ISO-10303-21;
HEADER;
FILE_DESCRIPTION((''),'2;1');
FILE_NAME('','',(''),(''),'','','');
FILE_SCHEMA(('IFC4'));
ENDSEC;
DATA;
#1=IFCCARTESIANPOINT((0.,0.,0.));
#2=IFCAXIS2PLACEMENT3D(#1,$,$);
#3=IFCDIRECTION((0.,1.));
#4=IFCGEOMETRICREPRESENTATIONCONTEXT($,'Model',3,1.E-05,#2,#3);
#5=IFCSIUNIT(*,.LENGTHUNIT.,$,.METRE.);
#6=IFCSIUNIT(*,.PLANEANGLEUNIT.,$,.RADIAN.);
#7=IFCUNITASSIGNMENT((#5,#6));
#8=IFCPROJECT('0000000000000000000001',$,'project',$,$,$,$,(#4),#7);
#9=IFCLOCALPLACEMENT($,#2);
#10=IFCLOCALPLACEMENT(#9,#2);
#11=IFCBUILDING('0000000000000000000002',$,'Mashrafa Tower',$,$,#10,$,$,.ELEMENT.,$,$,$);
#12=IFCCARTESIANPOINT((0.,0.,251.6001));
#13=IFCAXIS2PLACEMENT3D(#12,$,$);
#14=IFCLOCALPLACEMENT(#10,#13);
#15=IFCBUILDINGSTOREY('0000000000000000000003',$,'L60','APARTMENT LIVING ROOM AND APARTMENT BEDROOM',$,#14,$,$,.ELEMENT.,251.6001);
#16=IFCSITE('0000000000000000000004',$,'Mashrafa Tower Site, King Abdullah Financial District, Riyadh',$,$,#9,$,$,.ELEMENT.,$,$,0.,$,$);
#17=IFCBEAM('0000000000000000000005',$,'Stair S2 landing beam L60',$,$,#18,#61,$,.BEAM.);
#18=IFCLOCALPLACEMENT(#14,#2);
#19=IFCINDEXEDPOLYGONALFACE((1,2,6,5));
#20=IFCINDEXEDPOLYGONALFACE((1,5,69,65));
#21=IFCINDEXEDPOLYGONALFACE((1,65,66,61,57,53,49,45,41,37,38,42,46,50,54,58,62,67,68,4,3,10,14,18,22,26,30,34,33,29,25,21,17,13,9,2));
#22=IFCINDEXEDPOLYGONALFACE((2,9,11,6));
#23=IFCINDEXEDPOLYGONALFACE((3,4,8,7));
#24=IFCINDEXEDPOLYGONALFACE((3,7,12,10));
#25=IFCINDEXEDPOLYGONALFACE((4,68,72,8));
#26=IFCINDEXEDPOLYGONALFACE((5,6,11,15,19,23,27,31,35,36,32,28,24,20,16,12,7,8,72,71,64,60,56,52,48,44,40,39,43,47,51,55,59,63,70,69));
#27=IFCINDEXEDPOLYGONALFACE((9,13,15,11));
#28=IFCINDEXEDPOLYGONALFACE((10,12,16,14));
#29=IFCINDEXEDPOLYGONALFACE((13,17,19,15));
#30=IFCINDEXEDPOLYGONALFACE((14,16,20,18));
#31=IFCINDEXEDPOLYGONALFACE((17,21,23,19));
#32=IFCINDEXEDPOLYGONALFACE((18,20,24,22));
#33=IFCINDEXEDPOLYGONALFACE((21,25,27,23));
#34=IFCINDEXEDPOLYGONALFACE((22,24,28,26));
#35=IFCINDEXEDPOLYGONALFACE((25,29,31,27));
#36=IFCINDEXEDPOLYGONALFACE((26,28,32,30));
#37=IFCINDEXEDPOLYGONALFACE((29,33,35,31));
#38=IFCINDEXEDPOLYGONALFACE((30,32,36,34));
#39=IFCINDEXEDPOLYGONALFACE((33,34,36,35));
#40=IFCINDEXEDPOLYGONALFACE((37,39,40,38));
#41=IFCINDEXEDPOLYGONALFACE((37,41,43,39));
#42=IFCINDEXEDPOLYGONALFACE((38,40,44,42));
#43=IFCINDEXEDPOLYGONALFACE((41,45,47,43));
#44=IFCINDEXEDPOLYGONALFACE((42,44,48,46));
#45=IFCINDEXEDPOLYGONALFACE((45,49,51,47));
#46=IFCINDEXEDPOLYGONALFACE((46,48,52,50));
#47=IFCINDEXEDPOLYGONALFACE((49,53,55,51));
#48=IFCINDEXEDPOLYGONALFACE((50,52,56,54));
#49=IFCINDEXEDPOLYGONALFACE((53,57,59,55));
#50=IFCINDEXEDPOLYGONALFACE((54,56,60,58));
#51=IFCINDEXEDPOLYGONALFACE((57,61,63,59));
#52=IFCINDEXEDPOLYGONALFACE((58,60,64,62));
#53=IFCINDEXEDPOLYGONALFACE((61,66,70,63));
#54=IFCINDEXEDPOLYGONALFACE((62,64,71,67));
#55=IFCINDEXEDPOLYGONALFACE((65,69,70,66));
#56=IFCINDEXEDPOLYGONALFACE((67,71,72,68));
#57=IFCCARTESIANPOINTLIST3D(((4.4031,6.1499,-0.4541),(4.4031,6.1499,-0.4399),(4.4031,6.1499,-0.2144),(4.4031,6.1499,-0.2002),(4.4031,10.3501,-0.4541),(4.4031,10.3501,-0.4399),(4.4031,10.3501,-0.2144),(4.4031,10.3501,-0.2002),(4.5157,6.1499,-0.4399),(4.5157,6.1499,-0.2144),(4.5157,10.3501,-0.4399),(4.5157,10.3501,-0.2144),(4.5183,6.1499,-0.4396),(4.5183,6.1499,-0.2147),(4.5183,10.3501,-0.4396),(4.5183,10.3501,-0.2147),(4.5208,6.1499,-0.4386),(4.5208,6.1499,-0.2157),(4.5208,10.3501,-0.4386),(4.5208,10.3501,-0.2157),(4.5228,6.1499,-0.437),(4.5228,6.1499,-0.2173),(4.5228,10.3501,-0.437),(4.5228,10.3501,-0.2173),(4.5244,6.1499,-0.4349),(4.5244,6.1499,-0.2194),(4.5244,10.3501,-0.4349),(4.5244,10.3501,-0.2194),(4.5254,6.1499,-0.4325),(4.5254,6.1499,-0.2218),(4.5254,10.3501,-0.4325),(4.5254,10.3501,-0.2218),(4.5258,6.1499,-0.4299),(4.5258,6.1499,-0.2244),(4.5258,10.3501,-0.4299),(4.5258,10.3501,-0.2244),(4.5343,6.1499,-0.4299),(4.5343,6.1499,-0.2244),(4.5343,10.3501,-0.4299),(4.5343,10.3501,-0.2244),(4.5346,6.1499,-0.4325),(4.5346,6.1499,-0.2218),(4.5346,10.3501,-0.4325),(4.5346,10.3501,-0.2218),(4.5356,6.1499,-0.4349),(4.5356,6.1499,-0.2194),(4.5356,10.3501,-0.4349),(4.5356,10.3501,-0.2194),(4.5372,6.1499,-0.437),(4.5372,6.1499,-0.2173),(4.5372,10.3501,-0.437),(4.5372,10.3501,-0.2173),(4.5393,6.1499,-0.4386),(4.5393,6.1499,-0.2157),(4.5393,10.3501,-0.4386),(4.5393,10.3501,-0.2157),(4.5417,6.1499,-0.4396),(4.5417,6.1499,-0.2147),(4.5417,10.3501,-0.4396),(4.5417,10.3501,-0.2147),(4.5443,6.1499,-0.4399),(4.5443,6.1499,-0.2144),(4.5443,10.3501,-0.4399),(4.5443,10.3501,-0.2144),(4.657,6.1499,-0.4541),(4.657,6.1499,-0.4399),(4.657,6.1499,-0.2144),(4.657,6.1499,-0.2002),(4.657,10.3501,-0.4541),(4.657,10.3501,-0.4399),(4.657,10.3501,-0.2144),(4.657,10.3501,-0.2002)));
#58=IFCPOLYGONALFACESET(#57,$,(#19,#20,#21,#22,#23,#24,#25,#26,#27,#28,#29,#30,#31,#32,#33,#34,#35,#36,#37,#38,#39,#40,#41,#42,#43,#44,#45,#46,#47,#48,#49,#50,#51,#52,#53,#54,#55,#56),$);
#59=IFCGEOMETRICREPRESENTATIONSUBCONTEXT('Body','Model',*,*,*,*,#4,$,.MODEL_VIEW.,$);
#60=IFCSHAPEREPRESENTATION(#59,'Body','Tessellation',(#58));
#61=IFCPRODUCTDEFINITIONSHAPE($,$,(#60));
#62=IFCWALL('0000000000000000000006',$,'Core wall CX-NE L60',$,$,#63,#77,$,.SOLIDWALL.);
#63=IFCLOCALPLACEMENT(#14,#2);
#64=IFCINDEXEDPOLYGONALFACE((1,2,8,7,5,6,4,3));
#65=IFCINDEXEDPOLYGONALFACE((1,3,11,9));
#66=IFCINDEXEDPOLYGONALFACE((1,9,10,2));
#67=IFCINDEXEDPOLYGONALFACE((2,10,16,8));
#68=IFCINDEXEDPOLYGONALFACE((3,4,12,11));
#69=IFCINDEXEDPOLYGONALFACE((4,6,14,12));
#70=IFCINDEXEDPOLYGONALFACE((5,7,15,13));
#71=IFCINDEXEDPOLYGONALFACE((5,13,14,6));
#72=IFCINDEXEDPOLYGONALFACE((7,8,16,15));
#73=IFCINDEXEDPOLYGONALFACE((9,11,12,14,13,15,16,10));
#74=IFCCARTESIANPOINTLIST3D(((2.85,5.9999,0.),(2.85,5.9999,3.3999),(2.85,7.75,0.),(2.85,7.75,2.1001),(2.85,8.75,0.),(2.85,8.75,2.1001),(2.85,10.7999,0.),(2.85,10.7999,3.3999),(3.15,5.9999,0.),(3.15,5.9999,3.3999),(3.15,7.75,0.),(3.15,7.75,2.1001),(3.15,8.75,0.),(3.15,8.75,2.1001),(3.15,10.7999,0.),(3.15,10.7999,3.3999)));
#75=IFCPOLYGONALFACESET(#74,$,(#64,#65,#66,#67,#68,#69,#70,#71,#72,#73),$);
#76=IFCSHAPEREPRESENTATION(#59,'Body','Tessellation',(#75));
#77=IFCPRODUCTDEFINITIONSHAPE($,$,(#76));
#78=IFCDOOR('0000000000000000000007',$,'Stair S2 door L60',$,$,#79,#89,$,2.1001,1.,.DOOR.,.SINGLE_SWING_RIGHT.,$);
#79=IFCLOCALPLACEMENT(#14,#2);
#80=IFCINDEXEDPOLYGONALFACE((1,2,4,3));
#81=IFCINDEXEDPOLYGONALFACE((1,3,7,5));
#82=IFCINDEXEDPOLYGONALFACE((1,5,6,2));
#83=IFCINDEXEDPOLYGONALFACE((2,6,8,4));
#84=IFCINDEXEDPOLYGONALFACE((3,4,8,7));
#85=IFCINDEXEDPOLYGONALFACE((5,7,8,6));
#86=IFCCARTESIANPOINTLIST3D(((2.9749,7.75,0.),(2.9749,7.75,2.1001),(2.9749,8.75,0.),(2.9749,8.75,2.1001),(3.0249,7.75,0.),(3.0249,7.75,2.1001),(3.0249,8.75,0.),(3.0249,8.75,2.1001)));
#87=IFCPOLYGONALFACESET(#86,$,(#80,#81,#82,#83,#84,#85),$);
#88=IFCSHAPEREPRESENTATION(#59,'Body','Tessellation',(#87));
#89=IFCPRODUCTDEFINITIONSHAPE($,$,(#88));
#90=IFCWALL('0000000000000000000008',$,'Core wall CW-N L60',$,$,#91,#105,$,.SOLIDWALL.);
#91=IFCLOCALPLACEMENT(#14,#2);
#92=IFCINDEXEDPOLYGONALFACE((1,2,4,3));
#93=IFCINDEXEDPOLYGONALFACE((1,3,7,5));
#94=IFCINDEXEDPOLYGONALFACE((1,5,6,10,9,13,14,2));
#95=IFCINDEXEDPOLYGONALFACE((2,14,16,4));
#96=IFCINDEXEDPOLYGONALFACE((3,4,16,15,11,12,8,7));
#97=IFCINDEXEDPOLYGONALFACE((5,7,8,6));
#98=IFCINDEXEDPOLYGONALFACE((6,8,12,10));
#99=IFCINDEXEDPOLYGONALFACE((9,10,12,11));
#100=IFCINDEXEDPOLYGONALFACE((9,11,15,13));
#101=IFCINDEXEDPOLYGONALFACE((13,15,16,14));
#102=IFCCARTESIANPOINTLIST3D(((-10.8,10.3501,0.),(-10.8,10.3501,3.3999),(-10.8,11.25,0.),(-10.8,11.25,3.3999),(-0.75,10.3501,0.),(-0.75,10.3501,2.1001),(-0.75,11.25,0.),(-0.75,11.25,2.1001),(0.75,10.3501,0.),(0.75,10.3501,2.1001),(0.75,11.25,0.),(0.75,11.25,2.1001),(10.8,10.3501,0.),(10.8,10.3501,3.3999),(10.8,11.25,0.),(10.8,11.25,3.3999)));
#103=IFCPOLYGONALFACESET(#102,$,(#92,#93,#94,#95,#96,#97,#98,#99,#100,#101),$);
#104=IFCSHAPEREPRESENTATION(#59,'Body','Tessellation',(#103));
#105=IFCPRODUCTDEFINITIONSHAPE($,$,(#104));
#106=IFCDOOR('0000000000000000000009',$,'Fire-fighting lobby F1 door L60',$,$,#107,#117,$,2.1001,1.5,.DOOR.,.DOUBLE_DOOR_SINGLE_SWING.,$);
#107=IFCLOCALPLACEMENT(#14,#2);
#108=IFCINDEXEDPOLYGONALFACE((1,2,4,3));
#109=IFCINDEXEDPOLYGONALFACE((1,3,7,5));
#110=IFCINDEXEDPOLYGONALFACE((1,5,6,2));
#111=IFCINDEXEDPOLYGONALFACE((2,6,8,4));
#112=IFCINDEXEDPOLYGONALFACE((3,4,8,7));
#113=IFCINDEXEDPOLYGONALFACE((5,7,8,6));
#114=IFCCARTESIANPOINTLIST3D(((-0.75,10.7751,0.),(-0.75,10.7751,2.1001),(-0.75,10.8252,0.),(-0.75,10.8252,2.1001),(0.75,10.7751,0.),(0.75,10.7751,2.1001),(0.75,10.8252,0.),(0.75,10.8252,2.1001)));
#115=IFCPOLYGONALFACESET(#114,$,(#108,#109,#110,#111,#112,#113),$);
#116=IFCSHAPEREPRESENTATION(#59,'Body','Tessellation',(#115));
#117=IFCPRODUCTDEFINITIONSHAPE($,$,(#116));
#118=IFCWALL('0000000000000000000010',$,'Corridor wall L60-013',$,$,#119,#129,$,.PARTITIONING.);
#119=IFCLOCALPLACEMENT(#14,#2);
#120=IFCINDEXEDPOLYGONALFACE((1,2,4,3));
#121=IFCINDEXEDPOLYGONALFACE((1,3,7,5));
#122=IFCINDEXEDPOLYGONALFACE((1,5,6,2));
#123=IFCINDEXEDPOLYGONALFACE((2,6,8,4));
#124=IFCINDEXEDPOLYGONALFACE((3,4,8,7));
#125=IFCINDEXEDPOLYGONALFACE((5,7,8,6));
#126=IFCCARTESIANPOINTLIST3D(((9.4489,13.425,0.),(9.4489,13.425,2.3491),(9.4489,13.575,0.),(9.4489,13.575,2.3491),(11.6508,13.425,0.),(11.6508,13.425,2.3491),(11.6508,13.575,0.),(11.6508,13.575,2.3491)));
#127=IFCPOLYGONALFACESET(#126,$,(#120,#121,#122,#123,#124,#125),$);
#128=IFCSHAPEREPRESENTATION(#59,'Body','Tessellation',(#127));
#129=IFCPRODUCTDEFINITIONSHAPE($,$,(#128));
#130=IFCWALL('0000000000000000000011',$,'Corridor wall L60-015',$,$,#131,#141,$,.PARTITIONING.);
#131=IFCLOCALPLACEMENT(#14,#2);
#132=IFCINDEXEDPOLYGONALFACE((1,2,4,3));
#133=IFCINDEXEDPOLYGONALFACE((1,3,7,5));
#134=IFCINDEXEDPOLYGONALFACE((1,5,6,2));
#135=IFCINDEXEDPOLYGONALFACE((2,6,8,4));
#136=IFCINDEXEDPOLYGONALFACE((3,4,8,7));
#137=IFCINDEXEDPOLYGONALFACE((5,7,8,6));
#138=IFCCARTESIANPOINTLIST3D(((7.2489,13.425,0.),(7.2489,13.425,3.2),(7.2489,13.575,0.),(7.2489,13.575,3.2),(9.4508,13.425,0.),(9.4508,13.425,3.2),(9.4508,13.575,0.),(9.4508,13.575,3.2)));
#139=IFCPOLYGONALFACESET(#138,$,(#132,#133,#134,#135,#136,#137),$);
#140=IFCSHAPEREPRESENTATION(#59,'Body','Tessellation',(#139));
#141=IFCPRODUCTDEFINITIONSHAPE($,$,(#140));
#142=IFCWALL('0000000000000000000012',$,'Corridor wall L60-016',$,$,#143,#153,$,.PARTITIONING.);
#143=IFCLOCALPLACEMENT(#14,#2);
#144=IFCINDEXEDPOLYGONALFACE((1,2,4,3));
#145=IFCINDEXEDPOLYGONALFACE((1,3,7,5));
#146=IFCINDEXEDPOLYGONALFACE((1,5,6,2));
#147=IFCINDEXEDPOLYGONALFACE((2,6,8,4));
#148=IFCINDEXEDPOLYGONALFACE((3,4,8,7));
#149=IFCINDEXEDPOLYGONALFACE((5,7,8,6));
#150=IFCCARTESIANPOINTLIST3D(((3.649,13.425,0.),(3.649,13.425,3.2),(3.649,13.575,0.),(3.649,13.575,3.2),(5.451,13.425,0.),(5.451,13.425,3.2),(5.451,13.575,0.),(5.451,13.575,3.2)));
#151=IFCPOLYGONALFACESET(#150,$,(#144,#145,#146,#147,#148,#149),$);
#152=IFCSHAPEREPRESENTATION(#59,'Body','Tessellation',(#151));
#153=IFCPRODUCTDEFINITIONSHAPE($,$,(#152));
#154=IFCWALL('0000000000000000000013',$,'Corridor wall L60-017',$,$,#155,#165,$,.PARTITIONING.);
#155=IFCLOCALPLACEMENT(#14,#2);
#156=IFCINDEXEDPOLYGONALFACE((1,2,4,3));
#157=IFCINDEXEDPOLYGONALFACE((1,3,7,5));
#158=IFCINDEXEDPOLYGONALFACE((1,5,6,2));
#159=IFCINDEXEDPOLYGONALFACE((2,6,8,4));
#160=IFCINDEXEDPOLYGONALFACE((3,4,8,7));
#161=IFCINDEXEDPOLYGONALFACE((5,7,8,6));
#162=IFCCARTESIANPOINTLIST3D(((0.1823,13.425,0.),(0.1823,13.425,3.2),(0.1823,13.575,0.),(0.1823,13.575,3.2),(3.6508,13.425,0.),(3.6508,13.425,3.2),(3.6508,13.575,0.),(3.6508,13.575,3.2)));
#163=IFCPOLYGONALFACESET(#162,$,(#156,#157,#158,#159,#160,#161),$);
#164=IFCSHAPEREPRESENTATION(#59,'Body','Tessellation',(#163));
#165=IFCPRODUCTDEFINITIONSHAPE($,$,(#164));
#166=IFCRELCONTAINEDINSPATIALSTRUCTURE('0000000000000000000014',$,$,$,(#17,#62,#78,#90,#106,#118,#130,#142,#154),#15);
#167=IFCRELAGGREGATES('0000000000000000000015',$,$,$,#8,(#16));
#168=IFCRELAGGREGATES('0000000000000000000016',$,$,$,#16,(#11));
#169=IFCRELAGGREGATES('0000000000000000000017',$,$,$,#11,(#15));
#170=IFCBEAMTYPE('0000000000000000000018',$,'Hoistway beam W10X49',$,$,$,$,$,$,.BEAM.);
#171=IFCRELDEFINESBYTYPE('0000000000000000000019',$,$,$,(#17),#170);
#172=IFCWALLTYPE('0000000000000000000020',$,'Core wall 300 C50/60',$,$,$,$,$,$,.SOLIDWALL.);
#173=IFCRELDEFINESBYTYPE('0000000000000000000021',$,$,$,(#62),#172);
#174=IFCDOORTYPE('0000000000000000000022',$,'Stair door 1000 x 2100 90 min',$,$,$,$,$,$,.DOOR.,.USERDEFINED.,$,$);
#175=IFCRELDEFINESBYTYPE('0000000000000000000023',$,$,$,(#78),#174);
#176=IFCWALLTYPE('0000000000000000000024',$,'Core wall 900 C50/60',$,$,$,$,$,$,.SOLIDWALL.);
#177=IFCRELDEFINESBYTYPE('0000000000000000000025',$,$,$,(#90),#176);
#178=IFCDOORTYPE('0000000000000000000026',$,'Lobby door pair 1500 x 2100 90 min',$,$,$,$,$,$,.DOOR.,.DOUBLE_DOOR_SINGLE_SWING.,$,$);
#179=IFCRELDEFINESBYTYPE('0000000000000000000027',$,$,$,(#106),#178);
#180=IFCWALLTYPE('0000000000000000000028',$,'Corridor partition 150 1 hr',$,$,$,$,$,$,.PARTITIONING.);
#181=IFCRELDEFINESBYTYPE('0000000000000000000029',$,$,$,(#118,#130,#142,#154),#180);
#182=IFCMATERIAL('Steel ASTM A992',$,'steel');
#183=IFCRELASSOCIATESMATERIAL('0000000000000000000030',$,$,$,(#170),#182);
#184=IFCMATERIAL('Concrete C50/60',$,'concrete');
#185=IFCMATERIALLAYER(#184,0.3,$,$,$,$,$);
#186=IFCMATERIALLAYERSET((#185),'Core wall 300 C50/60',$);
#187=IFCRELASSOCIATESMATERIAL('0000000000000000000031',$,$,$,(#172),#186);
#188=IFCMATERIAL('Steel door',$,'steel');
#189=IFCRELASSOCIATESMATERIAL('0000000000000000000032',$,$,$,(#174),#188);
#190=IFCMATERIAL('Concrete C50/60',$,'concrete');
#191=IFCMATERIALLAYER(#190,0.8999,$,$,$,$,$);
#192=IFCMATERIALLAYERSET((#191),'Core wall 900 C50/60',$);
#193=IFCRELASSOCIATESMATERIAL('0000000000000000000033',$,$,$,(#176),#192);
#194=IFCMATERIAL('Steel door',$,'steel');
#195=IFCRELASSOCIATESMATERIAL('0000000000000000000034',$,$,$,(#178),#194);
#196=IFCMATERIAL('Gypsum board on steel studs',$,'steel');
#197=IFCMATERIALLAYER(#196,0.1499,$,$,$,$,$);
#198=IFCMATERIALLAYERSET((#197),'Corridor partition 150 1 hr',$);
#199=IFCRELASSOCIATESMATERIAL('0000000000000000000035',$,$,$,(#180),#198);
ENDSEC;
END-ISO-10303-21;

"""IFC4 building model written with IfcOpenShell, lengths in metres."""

from ifc_helpers import new_model, si_unit, direction, frame, frame_2d, origin, origin_2d, place, context, subcontext, project, spatial, rectangle, i_section, extrude, material, layer, layer_set, material_profile, profile_set, type_object, element, fill, save


model = new_model("IFC4")

# Units and contexts
model_context = context("Model", 3, precision=1e-05, world=origin(), true_north=direction((0.0, 1.0)))
body_context = subcontext(model_context, "Body", "Model", "MODEL_VIEW")
ifc_project = project(units=[si_unit("LENGTHUNIT", "METRE"), si_unit("PLANEANGLEUNIT", "RADIAN")], contexts=[model_context])

# Site, building, storey
site_placement = place(None, origin())
site = spatial("IfcSite", under=ifc_project, at=site_placement, Name="Mashrafa Tower Site, King Abdullah Financial District, Riyadh", CompositionType="ELEMENT", RefElevation=0.0)
building_placement = place(site_placement, origin())
building = spatial("IfcBuilding", under=site, at=building_placement, Name="Mashrafa Tower", CompositionType="ELEMENT")
storey_placement = place(building_placement, frame((0.0, 0.0, 251.6001)))
storey = spatial("IfcBuildingStorey", under=building, at=storey_placement, Name="L60", Description="APARTMENT LIVING ROOM AND APARTMENT BEDROOM", CompositionType="ELEMENT", Elevation=251.6001)

# Beam
ifc_material_1 = material(Name="Steel ASTM A992", Category="steel")
ifc_material_profile_1 = material_profile(ifc_material_1, i_section(OverallWidth=0.2539, OverallDepth=0.2539, WebThickness=0.0085, FlangeThickness=0.0142, FilletRadius=0.01, at=origin_2d()), Name="W10X49")
ifc_profile_set_1 = profile_set([ifc_material_profile_1], Name="Steel ASTM A992")
beam_type_1 = type_object("IfcBeamType", Name="Hoistway beam W10X49", PredefinedType="BEAM", material=ifc_profile_set_1)
beam_1_placement = place(storey_placement, frame((4.53, 6.1499, -0.3271), z_axis=(0.0, 1.0, 0.0), x_axis=(-1.0, 0.0, 0.0)))
element("IfcBeam", 1, at=beam_1_placement, inside=storey, type_object=beam_type_1, Name="Stair S2 landing beam L60", PredefinedType="BEAM", context=body_context, shape_type="SweptSolid", body=[
    extrude(i_section(OverallWidth=0.2539, OverallDepth=0.2539, WebThickness=0.0085, FlangeThickness=0.0142, FilletRadius=0.01, at=origin_2d()), origin(), (0.0, 0.0, 1.0), 4.2002),
])

# Walls, openings, doors
ifc_material_2 = material(Name="Concrete C50/60", Category="concrete")
ifc_layer_1 = layer(ifc_material_2, 0.3)
ifc_layer_set_1 = layer_set([ifc_layer_1], Name="Core wall 300 C50/60")
wall_type_1 = type_object("IfcWallType", Name="Core wall 300 C50/60", PredefinedType="SOLIDWALL", material=ifc_layer_set_1)
wall_1_placement = place(storey_placement, frame((3.0, 6.0, 0.0), z_axis=(0.0, 0.0, 1.0), x_axis=(0.0, 1.0, 0.0)))
wall_1 = element("IfcWall", 2, at=wall_1_placement, inside=storey, type_object=wall_type_1, Name="Core wall CX-NE L60", PredefinedType="SOLIDWALL", context=body_context, shape_type="SweptSolid", body=[
    extrude(rectangle(XDim=4.8, YDim=0.3, at=frame_2d((2.3999, 0.0))), origin(), (0.0, 0.0, 1.0), 3.3999),
])
opening_1_placement = place(wall_1_placement, frame((1.75, 0.0, 0.0)))
opening_1 = element("IfcOpeningElement", 3, at=opening_1_placement, cuts=wall_1, PredefinedType="OPENING", context=body_context, shape_type="SweptSolid", body=[
    extrude(rectangle(XDim=1.0, YDim=2.1001, at=frame_2d((0.5, 1.05))), frame((0.0, 0.1599, 0.0), z_axis=(0.0, -1.0, 0.0), x_axis=(1.0, 0.0, 0.0)), (0.0, 0.0, 1.0), 0.3201),
])
ifc_material_3 = material(Name="Steel door", Category="steel")
door_type_1 = type_object("IfcDoorType", Name="Stair door 1000 x 2100 90 min", OperationType="USERDEFINED", PredefinedType="DOOR", material=ifc_material_3)
door_1_placement = place(opening_1_placement, frame((1.0, 0.0, 0.0), z_axis=(0.0, 0.0, 1.0), x_axis=(-1.0, 0.0, 0.0)))
door_1 = element("IfcDoor", 4, at=door_1_placement, inside=storey, type_object=door_type_1, Name="Stair S2 door L60", OperationType="SINGLE_SWING_RIGHT", OverallHeight=2.1001, OverallWidth=1.0, PredefinedType="DOOR", context=body_context, shape_type="SweptSolid", body=[
    extrude(rectangle(XDim=1.0, YDim=2.1001, at=frame_2d((0.5, 1.05))), frame((0.0, 0.0249, 0.0), z_axis=(0.0, -1.0, 0.0), x_axis=(1.0, 0.0, 0.0)), (0.0, 0.0, 1.0), 0.05),
])
fill(opening_1, door_1)
ifc_material_4 = material(Name="Concrete C50/60", Category="concrete")
ifc_layer_2 = layer(ifc_material_4, 0.8999)
ifc_layer_set_2 = layer_set([ifc_layer_2], Name="Core wall 900 C50/60")
wall_type_2 = type_object("IfcWallType", Name="Core wall 900 C50/60", PredefinedType="SOLIDWALL", material=ifc_layer_set_2)
wall_2_placement = place(storey_placement, frame((10.8, 10.8, 0.0), z_axis=(0.0, 0.0, 1.0), x_axis=(-1.0, 0.0, 0.0)))
wall_2 = element("IfcWall", 5, at=wall_2_placement, inside=storey, type_object=wall_type_2, Name="Core wall CW-N L60", PredefinedType="SOLIDWALL", context=body_context, shape_type="SweptSolid", body=[
    extrude(rectangle(XDim=21.6001, YDim=0.8999, at=frame_2d((10.8, 0.0))), origin(), (0.0, 0.0, 1.0), 3.3999),
])
opening_2_placement = place(wall_2_placement, frame((10.05, 0.0, 0.0)))
opening_2 = element("IfcOpeningElement", 6, at=opening_2_placement, cuts=wall_2, PredefinedType="OPENING", context=body_context, shape_type="SweptSolid", body=[
    extrude(rectangle(XDim=1.5, YDim=2.1001, at=frame_2d((0.75, 1.05))), frame((0.0, 0.46, 0.0), z_axis=(0.0, -1.0, 0.0), x_axis=(1.0, 0.0, 0.0)), (0.0, 0.0, 1.0), 0.9199),
])
ifc_material_5 = material(Name="Steel door", Category="steel")
door_type_2 = type_object("IfcDoorType", Name="Lobby door pair 1500 x 2100 90 min", OperationType="DOUBLE_DOOR_SINGLE_SWING", PredefinedType="DOOR", material=ifc_material_5)
door_2_placement = place(opening_2_placement, origin())
door_2 = element("IfcDoor", 7, at=door_2_placement, inside=storey, type_object=door_type_2, Name="Fire-fighting lobby F1 door L60", OperationType="DOUBLE_DOOR_SINGLE_SWING", OverallHeight=2.1001, OverallWidth=1.5, PredefinedType="DOOR", context=body_context, shape_type="SweptSolid", body=[
    extrude(rectangle(XDim=1.5, YDim=2.1001, at=frame_2d((0.75, 1.05))), frame((0.0, 0.0249, 0.0), z_axis=(0.0, -1.0, 0.0), x_axis=(1.0, 0.0, 0.0)), (0.0, 0.0, 1.0), 0.05),
])
fill(opening_2, door_2)

# Walls
ifc_material_6 = material(Name="Gypsum board on steel studs", Category="steel")
ifc_layer_3 = layer(ifc_material_6, 0.1499)
ifc_layer_set_3 = layer_set([ifc_layer_3], Name="Corridor partition 150 1 hr")
wall_type_3 = type_object("IfcWallType", Name="Corridor partition 150 1 hr", PredefinedType="PARTITIONING", material=ifc_layer_set_3)
wall_3_placement = place(storey_placement, frame((11.6509, 13.5, 0.0), z_axis=(0.0, 0.0, 1.0), x_axis=(-1.0, 0.0, 0.0)))
element("IfcWall", 8, at=wall_3_placement, inside=storey, type_object=wall_type_3, Name="Corridor wall L60-013", PredefinedType="PARTITIONING", context=body_context, shape_type="SweptSolid", body=[
    extrude(rectangle(XDim=2.2019, YDim=0.1499, at=frame_2d((1.1011, 0.0))), origin(), (0.0, 0.0, 1.0), 2.3491),
])
wall_4_placement = place(storey_placement, frame((9.4509, 13.5, 0.0), z_axis=(0.0, 0.0, 1.0), x_axis=(-1.0, 0.0, 0.0)))
element("IfcWall", 9, at=wall_4_placement, inside=storey, type_object=wall_type_3, Name="Corridor wall L60-015", PredefinedType="PARTITIONING", context=body_context, shape_type="SweptSolid", body=[
    extrude(rectangle(XDim=2.2019, YDim=0.1499, at=frame_2d((1.1011, 0.0))), origin(), (0.0, 0.0, 1.0), 3.2),
])
wall_5_placement = place(storey_placement, frame((5.4509, 13.5, 0.0), z_axis=(0.0, 0.0, 1.0), x_axis=(-1.0, 0.0, 0.0)))
element("IfcWall", 10, at=wall_5_placement, inside=storey, type_object=wall_type_3, Name="Corridor wall L60-016", PredefinedType="PARTITIONING", context=body_context, shape_type="SweptSolid", body=[
    extrude(rectangle(XDim=1.802, YDim=0.1499, at=frame_2d((0.9009, 0.0))), origin(), (0.0, 0.0, 1.0), 3.2),
])
wall_6_placement = place(storey_placement, frame((3.6509, 13.5, 0.0), z_axis=(0.0, 0.0, 1.0), x_axis=(-1.0, 0.0, 0.0)))
element("IfcWall", 11, at=wall_6_placement, inside=storey, type_object=wall_type_3, Name="Corridor wall L60-017", PredefinedType="PARTITIONING", context=body_context, shape_type="SweptSolid", body=[
    extrude(rectangle(XDim=3.4685, YDim=0.1499, at=frame_2d((1.7344, 0.0))), origin(), (0.0, 0.0, 1.0), 3.2),
])

save(model, "model.ifc")
